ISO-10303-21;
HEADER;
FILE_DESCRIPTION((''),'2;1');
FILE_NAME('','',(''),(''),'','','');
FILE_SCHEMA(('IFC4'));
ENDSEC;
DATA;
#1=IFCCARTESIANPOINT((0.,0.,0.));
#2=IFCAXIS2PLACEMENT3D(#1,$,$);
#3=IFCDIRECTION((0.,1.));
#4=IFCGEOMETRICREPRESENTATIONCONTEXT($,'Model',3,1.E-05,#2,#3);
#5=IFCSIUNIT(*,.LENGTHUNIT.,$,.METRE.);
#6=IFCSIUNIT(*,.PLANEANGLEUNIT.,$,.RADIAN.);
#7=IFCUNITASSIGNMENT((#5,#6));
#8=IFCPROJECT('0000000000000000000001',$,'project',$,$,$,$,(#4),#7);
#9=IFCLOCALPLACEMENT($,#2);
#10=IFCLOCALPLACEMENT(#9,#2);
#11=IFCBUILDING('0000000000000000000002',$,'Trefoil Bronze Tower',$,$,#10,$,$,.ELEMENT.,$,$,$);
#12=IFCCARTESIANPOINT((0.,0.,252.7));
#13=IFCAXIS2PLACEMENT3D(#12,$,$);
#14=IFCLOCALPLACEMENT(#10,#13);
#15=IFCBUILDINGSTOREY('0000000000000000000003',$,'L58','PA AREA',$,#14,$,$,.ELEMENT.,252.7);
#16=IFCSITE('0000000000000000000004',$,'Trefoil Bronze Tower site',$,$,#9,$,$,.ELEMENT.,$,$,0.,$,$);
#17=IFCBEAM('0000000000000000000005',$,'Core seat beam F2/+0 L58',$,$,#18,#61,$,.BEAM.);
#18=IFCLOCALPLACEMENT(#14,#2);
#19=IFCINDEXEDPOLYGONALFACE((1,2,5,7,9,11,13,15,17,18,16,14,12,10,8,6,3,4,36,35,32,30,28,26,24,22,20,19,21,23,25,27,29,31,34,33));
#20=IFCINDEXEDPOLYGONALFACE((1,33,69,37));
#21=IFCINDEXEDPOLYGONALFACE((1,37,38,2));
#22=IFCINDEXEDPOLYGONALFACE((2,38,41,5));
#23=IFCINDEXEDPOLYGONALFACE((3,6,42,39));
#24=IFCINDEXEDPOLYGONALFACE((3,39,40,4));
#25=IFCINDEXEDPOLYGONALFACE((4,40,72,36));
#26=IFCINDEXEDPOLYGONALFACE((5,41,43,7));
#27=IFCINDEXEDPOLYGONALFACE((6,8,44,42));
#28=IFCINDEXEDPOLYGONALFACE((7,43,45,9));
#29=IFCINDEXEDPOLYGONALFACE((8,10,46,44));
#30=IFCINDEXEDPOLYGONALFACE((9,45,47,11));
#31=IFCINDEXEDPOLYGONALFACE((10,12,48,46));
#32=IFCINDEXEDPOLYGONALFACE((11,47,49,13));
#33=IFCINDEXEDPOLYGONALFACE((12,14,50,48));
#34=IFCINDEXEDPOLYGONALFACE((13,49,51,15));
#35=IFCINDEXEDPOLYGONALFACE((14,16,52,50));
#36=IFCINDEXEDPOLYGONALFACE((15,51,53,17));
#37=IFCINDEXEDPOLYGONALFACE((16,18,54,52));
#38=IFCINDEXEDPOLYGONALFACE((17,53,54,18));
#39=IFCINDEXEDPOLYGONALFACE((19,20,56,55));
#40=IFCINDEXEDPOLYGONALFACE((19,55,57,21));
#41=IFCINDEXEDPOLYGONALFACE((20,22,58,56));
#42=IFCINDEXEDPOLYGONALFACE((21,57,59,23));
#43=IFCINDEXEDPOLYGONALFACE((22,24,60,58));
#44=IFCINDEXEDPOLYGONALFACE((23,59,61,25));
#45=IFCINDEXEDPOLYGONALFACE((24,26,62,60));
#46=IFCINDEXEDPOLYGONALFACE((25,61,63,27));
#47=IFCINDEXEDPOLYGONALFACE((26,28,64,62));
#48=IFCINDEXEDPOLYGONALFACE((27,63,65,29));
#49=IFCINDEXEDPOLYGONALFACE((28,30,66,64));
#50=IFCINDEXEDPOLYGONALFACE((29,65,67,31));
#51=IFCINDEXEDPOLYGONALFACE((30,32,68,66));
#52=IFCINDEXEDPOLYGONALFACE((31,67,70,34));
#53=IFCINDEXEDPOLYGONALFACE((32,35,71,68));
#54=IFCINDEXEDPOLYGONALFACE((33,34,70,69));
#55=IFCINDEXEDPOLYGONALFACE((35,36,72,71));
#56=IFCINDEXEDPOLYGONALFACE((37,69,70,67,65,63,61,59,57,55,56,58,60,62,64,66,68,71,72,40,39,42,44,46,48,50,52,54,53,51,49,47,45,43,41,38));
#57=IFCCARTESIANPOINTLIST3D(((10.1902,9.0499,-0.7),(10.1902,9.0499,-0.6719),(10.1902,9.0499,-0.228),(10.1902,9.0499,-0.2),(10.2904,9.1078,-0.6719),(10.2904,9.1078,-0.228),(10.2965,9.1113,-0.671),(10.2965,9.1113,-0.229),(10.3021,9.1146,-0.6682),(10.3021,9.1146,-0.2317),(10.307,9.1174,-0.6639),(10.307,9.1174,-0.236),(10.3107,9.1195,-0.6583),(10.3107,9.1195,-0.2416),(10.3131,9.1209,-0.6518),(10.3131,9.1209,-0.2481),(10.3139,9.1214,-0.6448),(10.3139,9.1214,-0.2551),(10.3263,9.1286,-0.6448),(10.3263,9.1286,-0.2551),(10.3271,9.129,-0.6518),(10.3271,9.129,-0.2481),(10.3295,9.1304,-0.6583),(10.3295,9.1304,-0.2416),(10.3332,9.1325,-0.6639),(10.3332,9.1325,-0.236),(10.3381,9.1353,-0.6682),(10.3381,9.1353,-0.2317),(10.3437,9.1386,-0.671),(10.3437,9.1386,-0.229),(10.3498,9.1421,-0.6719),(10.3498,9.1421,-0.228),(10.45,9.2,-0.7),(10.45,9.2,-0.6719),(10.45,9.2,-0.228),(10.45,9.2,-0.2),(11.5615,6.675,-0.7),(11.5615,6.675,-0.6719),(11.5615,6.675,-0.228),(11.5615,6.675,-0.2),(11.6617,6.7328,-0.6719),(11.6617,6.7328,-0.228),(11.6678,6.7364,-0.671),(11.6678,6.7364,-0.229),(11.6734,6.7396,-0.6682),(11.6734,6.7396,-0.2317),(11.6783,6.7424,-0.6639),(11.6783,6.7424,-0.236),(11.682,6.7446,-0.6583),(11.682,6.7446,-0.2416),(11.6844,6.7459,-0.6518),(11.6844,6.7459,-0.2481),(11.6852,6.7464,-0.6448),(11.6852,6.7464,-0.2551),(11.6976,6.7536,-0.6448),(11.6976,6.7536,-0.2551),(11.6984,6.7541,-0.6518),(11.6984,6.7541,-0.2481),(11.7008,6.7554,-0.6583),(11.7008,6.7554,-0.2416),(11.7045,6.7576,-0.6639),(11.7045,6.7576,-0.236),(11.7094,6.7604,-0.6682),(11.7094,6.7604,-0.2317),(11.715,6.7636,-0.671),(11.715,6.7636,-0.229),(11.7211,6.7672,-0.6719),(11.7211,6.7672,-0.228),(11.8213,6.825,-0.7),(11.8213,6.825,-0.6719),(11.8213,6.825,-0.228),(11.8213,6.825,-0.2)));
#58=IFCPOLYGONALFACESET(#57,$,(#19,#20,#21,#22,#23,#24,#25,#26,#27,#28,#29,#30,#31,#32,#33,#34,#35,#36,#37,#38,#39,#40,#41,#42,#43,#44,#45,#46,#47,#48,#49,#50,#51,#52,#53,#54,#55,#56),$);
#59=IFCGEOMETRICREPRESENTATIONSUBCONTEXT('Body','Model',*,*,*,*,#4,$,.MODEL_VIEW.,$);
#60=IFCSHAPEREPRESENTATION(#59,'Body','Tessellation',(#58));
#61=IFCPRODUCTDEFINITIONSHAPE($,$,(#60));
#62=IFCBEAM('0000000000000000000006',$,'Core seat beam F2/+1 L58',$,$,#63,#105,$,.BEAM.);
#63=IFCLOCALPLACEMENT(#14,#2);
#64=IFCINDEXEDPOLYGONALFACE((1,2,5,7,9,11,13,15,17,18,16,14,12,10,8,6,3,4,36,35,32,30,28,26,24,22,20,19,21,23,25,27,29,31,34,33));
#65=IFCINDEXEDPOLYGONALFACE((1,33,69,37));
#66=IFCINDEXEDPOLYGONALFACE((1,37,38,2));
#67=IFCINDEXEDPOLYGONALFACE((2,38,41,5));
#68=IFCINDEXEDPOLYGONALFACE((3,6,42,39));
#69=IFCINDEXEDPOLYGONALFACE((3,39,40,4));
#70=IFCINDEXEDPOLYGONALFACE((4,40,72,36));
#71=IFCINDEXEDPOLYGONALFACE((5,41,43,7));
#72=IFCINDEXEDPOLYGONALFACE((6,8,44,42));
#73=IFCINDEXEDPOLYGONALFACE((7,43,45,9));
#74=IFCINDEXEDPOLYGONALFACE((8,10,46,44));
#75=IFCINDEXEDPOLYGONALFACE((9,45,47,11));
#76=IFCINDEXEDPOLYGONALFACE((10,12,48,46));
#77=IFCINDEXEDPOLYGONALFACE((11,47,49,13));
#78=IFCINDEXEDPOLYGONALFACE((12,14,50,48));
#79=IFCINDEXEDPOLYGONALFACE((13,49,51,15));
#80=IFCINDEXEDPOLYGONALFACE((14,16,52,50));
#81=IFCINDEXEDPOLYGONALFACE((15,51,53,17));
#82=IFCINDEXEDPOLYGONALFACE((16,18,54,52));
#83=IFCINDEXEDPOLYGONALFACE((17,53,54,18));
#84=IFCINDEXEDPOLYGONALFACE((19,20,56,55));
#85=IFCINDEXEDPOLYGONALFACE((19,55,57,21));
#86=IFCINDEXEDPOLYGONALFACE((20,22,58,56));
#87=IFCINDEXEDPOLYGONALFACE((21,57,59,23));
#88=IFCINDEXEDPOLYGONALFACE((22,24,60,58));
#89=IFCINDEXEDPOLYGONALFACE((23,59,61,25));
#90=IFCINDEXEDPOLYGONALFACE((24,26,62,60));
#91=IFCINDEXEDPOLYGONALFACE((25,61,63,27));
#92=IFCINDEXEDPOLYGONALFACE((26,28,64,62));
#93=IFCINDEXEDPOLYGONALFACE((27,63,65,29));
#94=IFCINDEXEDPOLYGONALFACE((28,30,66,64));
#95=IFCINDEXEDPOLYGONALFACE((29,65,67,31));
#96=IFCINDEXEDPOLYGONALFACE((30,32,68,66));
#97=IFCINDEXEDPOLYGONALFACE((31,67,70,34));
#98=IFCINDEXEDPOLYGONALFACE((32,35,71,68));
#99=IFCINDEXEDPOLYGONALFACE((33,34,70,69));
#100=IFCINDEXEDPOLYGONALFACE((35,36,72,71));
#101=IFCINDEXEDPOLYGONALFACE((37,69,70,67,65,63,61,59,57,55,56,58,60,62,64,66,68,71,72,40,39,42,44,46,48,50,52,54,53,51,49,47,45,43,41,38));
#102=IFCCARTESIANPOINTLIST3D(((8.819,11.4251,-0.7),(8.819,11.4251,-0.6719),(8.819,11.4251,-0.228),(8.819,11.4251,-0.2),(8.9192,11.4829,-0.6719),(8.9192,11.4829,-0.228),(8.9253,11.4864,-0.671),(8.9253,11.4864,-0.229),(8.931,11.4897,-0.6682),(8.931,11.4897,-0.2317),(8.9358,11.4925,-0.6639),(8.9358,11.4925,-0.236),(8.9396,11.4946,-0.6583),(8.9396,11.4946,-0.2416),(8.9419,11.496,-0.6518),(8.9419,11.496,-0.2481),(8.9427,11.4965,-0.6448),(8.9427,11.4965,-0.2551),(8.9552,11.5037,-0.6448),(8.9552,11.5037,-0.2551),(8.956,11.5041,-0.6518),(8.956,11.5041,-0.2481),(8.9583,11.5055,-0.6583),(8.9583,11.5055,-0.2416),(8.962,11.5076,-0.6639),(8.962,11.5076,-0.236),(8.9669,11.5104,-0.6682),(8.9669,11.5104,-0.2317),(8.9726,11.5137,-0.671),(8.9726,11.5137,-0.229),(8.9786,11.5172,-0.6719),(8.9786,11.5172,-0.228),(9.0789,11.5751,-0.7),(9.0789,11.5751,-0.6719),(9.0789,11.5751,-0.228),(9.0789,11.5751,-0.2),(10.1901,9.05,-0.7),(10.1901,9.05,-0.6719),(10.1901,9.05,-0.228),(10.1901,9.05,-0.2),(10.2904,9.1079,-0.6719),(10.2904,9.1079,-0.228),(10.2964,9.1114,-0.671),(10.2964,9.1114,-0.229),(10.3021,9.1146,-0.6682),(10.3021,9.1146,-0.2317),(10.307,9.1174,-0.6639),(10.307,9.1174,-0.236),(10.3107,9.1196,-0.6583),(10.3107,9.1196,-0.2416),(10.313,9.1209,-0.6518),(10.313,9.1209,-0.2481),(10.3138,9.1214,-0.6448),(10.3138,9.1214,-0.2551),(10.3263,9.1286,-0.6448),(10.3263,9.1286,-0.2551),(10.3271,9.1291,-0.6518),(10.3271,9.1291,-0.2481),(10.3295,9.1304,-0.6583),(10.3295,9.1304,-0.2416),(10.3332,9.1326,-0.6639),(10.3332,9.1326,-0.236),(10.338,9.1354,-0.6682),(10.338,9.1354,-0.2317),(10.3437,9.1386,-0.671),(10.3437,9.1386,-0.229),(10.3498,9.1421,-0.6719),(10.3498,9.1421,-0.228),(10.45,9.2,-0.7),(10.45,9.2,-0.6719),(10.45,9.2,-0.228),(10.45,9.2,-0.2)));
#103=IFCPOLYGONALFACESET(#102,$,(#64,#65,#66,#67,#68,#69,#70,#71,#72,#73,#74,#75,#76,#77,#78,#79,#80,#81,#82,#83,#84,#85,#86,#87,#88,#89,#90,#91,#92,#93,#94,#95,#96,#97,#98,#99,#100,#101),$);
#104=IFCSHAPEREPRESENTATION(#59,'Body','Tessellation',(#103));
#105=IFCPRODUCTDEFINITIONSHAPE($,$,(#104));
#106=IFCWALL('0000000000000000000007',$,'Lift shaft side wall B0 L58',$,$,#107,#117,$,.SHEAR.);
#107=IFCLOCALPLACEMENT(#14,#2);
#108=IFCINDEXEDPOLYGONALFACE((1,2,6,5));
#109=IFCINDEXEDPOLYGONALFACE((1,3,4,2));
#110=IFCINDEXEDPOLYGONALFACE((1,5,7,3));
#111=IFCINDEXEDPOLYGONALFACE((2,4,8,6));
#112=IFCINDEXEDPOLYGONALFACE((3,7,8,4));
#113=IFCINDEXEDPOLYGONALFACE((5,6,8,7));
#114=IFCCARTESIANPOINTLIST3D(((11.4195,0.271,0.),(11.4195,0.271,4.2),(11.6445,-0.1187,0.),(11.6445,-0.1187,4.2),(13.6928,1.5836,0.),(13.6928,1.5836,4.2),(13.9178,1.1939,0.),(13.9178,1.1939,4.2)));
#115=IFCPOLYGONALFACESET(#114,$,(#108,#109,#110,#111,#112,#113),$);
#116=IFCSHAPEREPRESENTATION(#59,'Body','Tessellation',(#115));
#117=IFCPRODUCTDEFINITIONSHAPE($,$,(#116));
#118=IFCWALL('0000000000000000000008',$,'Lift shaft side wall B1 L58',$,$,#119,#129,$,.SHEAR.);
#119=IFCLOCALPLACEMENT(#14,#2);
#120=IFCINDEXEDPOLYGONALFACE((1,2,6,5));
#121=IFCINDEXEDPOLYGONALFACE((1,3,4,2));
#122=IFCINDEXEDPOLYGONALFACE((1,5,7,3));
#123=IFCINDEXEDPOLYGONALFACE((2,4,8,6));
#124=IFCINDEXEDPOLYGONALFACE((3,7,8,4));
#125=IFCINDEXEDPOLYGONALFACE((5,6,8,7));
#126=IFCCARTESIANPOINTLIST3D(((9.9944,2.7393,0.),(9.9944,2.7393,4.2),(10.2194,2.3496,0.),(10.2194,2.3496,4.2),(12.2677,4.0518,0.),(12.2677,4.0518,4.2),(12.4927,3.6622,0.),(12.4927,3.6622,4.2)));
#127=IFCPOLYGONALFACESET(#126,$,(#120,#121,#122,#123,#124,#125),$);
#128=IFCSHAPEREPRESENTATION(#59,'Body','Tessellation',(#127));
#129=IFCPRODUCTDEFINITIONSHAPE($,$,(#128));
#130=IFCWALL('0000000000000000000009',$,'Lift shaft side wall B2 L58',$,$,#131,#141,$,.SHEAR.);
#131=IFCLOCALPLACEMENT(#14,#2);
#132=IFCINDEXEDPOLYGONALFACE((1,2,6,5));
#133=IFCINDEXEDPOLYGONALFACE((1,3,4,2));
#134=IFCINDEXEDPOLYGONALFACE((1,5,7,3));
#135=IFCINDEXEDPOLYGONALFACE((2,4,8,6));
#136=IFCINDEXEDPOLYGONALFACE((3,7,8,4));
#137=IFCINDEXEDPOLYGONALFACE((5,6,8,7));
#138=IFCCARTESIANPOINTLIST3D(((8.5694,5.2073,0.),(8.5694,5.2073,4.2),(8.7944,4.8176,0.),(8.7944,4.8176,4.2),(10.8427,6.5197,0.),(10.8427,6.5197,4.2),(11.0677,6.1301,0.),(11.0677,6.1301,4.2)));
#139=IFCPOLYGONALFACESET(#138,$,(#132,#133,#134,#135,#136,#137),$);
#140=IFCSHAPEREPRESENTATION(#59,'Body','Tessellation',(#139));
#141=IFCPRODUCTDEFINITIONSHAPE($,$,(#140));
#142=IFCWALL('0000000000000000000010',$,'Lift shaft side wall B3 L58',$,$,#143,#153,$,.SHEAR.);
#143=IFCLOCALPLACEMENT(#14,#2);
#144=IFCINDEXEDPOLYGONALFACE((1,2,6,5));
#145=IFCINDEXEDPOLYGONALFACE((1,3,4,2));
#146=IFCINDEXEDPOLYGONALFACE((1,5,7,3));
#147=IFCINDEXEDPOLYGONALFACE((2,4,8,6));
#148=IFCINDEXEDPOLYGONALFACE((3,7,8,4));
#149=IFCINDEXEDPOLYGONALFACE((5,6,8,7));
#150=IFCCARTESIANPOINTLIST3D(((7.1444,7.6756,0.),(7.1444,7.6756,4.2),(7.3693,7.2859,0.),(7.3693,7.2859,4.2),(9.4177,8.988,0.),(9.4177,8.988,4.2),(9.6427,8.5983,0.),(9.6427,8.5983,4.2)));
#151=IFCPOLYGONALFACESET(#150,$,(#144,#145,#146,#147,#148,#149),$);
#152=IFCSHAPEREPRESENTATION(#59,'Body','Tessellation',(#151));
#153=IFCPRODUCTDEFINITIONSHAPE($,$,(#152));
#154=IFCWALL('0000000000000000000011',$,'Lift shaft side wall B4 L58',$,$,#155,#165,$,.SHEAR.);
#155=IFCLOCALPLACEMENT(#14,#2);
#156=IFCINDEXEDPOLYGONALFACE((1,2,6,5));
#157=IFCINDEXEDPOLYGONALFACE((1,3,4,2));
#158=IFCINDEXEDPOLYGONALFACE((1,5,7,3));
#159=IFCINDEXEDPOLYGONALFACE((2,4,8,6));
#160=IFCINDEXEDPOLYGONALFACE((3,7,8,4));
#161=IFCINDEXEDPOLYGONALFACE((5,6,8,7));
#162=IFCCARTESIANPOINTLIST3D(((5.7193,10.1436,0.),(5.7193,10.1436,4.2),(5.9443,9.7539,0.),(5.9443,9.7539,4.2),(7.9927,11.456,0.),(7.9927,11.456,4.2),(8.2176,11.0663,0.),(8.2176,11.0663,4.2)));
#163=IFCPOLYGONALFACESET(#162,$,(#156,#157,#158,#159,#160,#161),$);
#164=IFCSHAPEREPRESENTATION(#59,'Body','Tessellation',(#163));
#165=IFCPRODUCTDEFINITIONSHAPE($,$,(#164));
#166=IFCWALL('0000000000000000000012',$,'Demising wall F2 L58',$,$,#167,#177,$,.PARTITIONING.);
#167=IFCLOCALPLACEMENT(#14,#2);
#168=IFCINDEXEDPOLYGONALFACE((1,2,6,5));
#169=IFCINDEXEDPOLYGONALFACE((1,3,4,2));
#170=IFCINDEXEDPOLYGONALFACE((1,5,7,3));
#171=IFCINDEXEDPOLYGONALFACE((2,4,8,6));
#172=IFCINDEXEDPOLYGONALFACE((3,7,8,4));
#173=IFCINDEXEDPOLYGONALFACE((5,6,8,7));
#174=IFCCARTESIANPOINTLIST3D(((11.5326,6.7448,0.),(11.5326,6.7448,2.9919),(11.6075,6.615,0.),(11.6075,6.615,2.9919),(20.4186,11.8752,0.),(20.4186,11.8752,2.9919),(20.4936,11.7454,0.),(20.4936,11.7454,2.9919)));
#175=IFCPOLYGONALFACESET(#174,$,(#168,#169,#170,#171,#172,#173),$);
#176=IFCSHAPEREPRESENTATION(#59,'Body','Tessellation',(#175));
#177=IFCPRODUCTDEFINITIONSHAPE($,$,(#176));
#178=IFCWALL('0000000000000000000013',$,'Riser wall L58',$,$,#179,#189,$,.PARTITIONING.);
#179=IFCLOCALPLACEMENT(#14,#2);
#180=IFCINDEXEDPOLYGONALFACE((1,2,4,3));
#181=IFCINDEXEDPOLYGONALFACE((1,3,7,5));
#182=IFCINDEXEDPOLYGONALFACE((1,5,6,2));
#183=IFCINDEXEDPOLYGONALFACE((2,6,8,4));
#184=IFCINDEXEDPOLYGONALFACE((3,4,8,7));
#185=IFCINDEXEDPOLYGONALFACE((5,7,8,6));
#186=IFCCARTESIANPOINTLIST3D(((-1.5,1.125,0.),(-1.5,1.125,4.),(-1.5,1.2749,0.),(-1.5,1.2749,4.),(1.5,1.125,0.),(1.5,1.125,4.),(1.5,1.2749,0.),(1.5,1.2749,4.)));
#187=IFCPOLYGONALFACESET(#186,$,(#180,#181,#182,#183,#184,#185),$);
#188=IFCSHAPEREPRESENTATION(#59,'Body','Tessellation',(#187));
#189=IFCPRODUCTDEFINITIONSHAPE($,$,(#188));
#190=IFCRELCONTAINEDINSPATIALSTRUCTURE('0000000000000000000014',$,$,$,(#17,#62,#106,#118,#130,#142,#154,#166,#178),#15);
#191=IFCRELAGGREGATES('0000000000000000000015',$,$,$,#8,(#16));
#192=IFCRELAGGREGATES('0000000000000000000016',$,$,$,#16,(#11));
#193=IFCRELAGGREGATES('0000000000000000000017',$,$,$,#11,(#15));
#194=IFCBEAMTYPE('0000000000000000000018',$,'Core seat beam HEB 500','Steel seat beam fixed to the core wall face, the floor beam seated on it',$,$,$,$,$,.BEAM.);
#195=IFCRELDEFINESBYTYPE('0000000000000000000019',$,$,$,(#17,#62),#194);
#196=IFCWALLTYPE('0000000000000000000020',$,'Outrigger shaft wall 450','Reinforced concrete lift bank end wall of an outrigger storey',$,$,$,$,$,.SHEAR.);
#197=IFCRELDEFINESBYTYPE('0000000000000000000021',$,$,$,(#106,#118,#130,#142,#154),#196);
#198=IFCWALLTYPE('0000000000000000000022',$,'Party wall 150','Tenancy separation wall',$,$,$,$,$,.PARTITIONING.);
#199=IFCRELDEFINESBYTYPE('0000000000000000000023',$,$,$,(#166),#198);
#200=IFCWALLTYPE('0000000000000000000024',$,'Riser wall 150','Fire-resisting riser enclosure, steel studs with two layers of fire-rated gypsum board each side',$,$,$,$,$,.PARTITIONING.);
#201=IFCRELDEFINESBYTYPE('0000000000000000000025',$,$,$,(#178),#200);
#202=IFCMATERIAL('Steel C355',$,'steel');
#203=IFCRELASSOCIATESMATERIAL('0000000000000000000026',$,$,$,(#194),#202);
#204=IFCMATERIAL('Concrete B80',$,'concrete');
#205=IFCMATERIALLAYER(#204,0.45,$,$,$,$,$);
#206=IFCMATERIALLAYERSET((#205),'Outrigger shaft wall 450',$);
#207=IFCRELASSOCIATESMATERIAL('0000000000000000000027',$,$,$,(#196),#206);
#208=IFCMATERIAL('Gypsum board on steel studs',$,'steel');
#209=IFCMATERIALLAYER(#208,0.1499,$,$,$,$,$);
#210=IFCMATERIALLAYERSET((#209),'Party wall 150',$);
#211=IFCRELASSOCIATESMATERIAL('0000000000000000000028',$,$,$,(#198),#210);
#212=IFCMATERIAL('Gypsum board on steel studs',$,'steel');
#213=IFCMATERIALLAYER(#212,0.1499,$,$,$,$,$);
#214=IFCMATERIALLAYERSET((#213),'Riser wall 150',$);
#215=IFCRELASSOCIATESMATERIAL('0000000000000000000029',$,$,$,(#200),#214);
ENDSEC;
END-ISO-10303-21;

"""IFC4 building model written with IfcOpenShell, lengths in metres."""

from ifc_helpers import new_model, si_unit, direction, frame, frame_2d, origin, origin_2d, place, context, subcontext, project, spatial, rectangle, i_section, extrude, material, layer, layer_set, material_profile, profile_set, type_object, element, save


model = new_model("IFC4")

# Units and contexts
model_context = context("Model", 3, precision=1e-05, world=origin(), true_north=direction((0.0, 1.0)))
body_context = subcontext(model_context, "Body", "Model", "MODEL_VIEW")
ifc_project = project(units=[si_unit("LENGTHUNIT", "METRE"), si_unit("PLANEANGLEUNIT", "RADIAN")], contexts=[model_context])

# Site, building, storey
site_placement = place(None, origin())
site = spatial("IfcSite", under=ifc_project, at=site_placement, Name="Trefoil Bronze Tower site", CompositionType="ELEMENT", RefElevation=0.0)
building_placement = place(site_placement, origin())
building = spatial("IfcBuilding", under=site, at=building_placement, Name="Trefoil Bronze Tower", CompositionType="ELEMENT")
storey_placement = place(building_placement, frame((0.0, 0.0, 252.7)))
storey = spatial("IfcBuildingStorey", under=building, at=storey_placement, Name="L58", Description="PA AREA", CompositionType="ELEMENT", Elevation=252.7)

# Beams
ifc_material_1 = material(Name="Steel C355", Category="steel")
ifc_material_profile = material_profile(ifc_material_1, i_section(OverallWidth=0.3, OverallDepth=0.5, WebThickness=0.0144, FlangeThickness=0.0281, FilletRadius=0.0271, at=origin_2d()), Name="HEB 500")
ifc_profile_set = profile_set([ifc_material_profile], Name="Steel C355")
beam_type = type_object("IfcBeamType", Name="Core seat beam HEB 500", Description="Steel seat beam fixed to the core wall face, the floor beam seated on it", PredefinedType="BEAM", material=ifc_profile_set)
for number, where, z_axis, x_axis, name in (
    (1, (11.6914, 6.75, -0.45), (-0.500036, 0.866005, 0.0), (-0.866005, -0.500036, 0.0), "Core seat beam F2/+0 L58"),
    (2, (10.3201, 9.125, -0.45), (-0.499969, 0.866043, 0.0), (-0.866043, -0.499969, 0.0), "Core seat beam F2/+1 L58"),
):
    element("IfcBeam", number, at=place(storey_placement, frame(where, z_axis=z_axis, x_axis=x_axis)), inside=storey, type_object=beam_type, Name=name, PredefinedType="BEAM", context=body_context, shape_type="SweptSolid", body=[
        extrude(i_section(OverallWidth=0.3, OverallDepth=0.5, WebThickness=0.0144, FlangeThickness=0.0281, FilletRadius=0.0271, at=origin_2d()), origin(), (0.0, 0.0, 1.0), 2.7424),
    ])

# Walls
ifc_material_2 = material(Name="Concrete B80", Category="concrete")
ifc_layer_1 = layer(ifc_material_2, 0.45)
ifc_layer_set_1 = layer_set([ifc_layer_1], Name="Outrigger shaft wall 450")
wall_type_1 = type_object("IfcWallType", Name="Outrigger shaft wall 450", Description="Reinforced concrete lift bank end wall of an outrigger storey", PredefinedType="SHEAR", material=ifc_layer_set_1)
for number, where, z_axis, x_axis, name in (
    (3, (11.532, 0.0762, 0.0), (0.0, 0.0, 1.0), (0.866014, 0.50002, 0.0), "Lift shaft side wall B0 L58"),
    (4, (10.1069, 2.5444, 0.0), (0.0, 0.0, 1.0), (0.866014, 0.50002, 0.0), "Lift shaft side wall B1 L58"),
    (5, (8.6819, 5.0125, 0.0), (0.0, 0.0, 1.0), (0.866037, 0.49998, 0.0), "Lift shaft side wall B2 L58"),
    (6, (7.2568, 7.4807, 0.0), (0.0, 0.0, 1.0), (0.866037, 0.49998, 0.0), "Lift shaft side wall B3 L58"),
    (7, (5.8318, 9.9487, 0.0), (0.0, 0.0, 1.0), (0.866037, 0.49998, 0.0), "Lift shaft side wall B4 L58"),
):
    element("IfcWall", number, at=place(storey_placement, frame(where, z_axis=z_axis, x_axis=x_axis)), inside=storey, type_object=wall_type_1, Name=name, PredefinedType="SHEAR", context=body_context, shape_type="SweptSolid", body=[
        extrude(rectangle(XDim=2.625, YDim=0.45, at=frame_2d((1.3125, 0.0))), origin(), (0.0, 0.0, 1.0), 4.2),
    ])
ifc_material_3 = material(Name="Gypsum board on steel studs", Category="steel")
ifc_layer_2 = layer(ifc_material_3, 0.1499)
ifc_layer_set_2 = layer_set([ifc_layer_2], Name="Party wall 150")
wall_type_2 = type_object("IfcWallType", Name="Party wall 150", Description="Tenancy separation wall", PredefinedType="PARTITIONING", material=ifc_layer_set_2)
wall_1_placement = place(storey_placement, frame((11.5701, 6.6799, 0.0), z_axis=(0.0, 0.0, 1.0), x_axis=(0.866024, 0.500003, 0.0)))
element("IfcWall", 8, at=wall_1_placement, inside=storey, type_object=wall_type_2, Name="Demising wall F2 L58", PredefinedType="PARTITIONING", context=body_context, shape_type="SweptSolid", body=[
    extrude(rectangle(XDim=10.2607, YDim=0.1499, at=frame_2d((5.1304, 0.0))), origin(), (0.0, 0.0, 1.0), 2.9919),
])
ifc_material_4 = material(Name="Gypsum board on steel studs", Category="steel")
ifc_layer_3 = layer(ifc_material_4, 0.1499)
ifc_layer_set_3 = layer_set([ifc_layer_3], Name="Riser wall 150")
wall_type_3 = type_object("IfcWallType", Name="Riser wall 150", Description="Fire-resisting riser enclosure, steel studs with two layers of fire-rated gypsum board each side", PredefinedType="PARTITIONING", material=ifc_layer_set_3)
wall_2_placement = place(storey_placement, frame((1.5, 1.2, 0.0), z_axis=(0.0, 0.0, 1.0), x_axis=(-1.0, 0.0, 0.0)))
element("IfcWall", 9, at=wall_2_placement, inside=storey, type_object=wall_type_3, Name="Riser wall L58", PredefinedType="PARTITIONING", context=body_context, shape_type="SweptSolid", body=[
    extrude(rectangle(XDim=3.0, YDim=0.1499, at=frame_2d((1.5, 0.0))), origin(), (0.0, 0.0, 1.0), 4.0),
])

save(model, "model.ifc")
